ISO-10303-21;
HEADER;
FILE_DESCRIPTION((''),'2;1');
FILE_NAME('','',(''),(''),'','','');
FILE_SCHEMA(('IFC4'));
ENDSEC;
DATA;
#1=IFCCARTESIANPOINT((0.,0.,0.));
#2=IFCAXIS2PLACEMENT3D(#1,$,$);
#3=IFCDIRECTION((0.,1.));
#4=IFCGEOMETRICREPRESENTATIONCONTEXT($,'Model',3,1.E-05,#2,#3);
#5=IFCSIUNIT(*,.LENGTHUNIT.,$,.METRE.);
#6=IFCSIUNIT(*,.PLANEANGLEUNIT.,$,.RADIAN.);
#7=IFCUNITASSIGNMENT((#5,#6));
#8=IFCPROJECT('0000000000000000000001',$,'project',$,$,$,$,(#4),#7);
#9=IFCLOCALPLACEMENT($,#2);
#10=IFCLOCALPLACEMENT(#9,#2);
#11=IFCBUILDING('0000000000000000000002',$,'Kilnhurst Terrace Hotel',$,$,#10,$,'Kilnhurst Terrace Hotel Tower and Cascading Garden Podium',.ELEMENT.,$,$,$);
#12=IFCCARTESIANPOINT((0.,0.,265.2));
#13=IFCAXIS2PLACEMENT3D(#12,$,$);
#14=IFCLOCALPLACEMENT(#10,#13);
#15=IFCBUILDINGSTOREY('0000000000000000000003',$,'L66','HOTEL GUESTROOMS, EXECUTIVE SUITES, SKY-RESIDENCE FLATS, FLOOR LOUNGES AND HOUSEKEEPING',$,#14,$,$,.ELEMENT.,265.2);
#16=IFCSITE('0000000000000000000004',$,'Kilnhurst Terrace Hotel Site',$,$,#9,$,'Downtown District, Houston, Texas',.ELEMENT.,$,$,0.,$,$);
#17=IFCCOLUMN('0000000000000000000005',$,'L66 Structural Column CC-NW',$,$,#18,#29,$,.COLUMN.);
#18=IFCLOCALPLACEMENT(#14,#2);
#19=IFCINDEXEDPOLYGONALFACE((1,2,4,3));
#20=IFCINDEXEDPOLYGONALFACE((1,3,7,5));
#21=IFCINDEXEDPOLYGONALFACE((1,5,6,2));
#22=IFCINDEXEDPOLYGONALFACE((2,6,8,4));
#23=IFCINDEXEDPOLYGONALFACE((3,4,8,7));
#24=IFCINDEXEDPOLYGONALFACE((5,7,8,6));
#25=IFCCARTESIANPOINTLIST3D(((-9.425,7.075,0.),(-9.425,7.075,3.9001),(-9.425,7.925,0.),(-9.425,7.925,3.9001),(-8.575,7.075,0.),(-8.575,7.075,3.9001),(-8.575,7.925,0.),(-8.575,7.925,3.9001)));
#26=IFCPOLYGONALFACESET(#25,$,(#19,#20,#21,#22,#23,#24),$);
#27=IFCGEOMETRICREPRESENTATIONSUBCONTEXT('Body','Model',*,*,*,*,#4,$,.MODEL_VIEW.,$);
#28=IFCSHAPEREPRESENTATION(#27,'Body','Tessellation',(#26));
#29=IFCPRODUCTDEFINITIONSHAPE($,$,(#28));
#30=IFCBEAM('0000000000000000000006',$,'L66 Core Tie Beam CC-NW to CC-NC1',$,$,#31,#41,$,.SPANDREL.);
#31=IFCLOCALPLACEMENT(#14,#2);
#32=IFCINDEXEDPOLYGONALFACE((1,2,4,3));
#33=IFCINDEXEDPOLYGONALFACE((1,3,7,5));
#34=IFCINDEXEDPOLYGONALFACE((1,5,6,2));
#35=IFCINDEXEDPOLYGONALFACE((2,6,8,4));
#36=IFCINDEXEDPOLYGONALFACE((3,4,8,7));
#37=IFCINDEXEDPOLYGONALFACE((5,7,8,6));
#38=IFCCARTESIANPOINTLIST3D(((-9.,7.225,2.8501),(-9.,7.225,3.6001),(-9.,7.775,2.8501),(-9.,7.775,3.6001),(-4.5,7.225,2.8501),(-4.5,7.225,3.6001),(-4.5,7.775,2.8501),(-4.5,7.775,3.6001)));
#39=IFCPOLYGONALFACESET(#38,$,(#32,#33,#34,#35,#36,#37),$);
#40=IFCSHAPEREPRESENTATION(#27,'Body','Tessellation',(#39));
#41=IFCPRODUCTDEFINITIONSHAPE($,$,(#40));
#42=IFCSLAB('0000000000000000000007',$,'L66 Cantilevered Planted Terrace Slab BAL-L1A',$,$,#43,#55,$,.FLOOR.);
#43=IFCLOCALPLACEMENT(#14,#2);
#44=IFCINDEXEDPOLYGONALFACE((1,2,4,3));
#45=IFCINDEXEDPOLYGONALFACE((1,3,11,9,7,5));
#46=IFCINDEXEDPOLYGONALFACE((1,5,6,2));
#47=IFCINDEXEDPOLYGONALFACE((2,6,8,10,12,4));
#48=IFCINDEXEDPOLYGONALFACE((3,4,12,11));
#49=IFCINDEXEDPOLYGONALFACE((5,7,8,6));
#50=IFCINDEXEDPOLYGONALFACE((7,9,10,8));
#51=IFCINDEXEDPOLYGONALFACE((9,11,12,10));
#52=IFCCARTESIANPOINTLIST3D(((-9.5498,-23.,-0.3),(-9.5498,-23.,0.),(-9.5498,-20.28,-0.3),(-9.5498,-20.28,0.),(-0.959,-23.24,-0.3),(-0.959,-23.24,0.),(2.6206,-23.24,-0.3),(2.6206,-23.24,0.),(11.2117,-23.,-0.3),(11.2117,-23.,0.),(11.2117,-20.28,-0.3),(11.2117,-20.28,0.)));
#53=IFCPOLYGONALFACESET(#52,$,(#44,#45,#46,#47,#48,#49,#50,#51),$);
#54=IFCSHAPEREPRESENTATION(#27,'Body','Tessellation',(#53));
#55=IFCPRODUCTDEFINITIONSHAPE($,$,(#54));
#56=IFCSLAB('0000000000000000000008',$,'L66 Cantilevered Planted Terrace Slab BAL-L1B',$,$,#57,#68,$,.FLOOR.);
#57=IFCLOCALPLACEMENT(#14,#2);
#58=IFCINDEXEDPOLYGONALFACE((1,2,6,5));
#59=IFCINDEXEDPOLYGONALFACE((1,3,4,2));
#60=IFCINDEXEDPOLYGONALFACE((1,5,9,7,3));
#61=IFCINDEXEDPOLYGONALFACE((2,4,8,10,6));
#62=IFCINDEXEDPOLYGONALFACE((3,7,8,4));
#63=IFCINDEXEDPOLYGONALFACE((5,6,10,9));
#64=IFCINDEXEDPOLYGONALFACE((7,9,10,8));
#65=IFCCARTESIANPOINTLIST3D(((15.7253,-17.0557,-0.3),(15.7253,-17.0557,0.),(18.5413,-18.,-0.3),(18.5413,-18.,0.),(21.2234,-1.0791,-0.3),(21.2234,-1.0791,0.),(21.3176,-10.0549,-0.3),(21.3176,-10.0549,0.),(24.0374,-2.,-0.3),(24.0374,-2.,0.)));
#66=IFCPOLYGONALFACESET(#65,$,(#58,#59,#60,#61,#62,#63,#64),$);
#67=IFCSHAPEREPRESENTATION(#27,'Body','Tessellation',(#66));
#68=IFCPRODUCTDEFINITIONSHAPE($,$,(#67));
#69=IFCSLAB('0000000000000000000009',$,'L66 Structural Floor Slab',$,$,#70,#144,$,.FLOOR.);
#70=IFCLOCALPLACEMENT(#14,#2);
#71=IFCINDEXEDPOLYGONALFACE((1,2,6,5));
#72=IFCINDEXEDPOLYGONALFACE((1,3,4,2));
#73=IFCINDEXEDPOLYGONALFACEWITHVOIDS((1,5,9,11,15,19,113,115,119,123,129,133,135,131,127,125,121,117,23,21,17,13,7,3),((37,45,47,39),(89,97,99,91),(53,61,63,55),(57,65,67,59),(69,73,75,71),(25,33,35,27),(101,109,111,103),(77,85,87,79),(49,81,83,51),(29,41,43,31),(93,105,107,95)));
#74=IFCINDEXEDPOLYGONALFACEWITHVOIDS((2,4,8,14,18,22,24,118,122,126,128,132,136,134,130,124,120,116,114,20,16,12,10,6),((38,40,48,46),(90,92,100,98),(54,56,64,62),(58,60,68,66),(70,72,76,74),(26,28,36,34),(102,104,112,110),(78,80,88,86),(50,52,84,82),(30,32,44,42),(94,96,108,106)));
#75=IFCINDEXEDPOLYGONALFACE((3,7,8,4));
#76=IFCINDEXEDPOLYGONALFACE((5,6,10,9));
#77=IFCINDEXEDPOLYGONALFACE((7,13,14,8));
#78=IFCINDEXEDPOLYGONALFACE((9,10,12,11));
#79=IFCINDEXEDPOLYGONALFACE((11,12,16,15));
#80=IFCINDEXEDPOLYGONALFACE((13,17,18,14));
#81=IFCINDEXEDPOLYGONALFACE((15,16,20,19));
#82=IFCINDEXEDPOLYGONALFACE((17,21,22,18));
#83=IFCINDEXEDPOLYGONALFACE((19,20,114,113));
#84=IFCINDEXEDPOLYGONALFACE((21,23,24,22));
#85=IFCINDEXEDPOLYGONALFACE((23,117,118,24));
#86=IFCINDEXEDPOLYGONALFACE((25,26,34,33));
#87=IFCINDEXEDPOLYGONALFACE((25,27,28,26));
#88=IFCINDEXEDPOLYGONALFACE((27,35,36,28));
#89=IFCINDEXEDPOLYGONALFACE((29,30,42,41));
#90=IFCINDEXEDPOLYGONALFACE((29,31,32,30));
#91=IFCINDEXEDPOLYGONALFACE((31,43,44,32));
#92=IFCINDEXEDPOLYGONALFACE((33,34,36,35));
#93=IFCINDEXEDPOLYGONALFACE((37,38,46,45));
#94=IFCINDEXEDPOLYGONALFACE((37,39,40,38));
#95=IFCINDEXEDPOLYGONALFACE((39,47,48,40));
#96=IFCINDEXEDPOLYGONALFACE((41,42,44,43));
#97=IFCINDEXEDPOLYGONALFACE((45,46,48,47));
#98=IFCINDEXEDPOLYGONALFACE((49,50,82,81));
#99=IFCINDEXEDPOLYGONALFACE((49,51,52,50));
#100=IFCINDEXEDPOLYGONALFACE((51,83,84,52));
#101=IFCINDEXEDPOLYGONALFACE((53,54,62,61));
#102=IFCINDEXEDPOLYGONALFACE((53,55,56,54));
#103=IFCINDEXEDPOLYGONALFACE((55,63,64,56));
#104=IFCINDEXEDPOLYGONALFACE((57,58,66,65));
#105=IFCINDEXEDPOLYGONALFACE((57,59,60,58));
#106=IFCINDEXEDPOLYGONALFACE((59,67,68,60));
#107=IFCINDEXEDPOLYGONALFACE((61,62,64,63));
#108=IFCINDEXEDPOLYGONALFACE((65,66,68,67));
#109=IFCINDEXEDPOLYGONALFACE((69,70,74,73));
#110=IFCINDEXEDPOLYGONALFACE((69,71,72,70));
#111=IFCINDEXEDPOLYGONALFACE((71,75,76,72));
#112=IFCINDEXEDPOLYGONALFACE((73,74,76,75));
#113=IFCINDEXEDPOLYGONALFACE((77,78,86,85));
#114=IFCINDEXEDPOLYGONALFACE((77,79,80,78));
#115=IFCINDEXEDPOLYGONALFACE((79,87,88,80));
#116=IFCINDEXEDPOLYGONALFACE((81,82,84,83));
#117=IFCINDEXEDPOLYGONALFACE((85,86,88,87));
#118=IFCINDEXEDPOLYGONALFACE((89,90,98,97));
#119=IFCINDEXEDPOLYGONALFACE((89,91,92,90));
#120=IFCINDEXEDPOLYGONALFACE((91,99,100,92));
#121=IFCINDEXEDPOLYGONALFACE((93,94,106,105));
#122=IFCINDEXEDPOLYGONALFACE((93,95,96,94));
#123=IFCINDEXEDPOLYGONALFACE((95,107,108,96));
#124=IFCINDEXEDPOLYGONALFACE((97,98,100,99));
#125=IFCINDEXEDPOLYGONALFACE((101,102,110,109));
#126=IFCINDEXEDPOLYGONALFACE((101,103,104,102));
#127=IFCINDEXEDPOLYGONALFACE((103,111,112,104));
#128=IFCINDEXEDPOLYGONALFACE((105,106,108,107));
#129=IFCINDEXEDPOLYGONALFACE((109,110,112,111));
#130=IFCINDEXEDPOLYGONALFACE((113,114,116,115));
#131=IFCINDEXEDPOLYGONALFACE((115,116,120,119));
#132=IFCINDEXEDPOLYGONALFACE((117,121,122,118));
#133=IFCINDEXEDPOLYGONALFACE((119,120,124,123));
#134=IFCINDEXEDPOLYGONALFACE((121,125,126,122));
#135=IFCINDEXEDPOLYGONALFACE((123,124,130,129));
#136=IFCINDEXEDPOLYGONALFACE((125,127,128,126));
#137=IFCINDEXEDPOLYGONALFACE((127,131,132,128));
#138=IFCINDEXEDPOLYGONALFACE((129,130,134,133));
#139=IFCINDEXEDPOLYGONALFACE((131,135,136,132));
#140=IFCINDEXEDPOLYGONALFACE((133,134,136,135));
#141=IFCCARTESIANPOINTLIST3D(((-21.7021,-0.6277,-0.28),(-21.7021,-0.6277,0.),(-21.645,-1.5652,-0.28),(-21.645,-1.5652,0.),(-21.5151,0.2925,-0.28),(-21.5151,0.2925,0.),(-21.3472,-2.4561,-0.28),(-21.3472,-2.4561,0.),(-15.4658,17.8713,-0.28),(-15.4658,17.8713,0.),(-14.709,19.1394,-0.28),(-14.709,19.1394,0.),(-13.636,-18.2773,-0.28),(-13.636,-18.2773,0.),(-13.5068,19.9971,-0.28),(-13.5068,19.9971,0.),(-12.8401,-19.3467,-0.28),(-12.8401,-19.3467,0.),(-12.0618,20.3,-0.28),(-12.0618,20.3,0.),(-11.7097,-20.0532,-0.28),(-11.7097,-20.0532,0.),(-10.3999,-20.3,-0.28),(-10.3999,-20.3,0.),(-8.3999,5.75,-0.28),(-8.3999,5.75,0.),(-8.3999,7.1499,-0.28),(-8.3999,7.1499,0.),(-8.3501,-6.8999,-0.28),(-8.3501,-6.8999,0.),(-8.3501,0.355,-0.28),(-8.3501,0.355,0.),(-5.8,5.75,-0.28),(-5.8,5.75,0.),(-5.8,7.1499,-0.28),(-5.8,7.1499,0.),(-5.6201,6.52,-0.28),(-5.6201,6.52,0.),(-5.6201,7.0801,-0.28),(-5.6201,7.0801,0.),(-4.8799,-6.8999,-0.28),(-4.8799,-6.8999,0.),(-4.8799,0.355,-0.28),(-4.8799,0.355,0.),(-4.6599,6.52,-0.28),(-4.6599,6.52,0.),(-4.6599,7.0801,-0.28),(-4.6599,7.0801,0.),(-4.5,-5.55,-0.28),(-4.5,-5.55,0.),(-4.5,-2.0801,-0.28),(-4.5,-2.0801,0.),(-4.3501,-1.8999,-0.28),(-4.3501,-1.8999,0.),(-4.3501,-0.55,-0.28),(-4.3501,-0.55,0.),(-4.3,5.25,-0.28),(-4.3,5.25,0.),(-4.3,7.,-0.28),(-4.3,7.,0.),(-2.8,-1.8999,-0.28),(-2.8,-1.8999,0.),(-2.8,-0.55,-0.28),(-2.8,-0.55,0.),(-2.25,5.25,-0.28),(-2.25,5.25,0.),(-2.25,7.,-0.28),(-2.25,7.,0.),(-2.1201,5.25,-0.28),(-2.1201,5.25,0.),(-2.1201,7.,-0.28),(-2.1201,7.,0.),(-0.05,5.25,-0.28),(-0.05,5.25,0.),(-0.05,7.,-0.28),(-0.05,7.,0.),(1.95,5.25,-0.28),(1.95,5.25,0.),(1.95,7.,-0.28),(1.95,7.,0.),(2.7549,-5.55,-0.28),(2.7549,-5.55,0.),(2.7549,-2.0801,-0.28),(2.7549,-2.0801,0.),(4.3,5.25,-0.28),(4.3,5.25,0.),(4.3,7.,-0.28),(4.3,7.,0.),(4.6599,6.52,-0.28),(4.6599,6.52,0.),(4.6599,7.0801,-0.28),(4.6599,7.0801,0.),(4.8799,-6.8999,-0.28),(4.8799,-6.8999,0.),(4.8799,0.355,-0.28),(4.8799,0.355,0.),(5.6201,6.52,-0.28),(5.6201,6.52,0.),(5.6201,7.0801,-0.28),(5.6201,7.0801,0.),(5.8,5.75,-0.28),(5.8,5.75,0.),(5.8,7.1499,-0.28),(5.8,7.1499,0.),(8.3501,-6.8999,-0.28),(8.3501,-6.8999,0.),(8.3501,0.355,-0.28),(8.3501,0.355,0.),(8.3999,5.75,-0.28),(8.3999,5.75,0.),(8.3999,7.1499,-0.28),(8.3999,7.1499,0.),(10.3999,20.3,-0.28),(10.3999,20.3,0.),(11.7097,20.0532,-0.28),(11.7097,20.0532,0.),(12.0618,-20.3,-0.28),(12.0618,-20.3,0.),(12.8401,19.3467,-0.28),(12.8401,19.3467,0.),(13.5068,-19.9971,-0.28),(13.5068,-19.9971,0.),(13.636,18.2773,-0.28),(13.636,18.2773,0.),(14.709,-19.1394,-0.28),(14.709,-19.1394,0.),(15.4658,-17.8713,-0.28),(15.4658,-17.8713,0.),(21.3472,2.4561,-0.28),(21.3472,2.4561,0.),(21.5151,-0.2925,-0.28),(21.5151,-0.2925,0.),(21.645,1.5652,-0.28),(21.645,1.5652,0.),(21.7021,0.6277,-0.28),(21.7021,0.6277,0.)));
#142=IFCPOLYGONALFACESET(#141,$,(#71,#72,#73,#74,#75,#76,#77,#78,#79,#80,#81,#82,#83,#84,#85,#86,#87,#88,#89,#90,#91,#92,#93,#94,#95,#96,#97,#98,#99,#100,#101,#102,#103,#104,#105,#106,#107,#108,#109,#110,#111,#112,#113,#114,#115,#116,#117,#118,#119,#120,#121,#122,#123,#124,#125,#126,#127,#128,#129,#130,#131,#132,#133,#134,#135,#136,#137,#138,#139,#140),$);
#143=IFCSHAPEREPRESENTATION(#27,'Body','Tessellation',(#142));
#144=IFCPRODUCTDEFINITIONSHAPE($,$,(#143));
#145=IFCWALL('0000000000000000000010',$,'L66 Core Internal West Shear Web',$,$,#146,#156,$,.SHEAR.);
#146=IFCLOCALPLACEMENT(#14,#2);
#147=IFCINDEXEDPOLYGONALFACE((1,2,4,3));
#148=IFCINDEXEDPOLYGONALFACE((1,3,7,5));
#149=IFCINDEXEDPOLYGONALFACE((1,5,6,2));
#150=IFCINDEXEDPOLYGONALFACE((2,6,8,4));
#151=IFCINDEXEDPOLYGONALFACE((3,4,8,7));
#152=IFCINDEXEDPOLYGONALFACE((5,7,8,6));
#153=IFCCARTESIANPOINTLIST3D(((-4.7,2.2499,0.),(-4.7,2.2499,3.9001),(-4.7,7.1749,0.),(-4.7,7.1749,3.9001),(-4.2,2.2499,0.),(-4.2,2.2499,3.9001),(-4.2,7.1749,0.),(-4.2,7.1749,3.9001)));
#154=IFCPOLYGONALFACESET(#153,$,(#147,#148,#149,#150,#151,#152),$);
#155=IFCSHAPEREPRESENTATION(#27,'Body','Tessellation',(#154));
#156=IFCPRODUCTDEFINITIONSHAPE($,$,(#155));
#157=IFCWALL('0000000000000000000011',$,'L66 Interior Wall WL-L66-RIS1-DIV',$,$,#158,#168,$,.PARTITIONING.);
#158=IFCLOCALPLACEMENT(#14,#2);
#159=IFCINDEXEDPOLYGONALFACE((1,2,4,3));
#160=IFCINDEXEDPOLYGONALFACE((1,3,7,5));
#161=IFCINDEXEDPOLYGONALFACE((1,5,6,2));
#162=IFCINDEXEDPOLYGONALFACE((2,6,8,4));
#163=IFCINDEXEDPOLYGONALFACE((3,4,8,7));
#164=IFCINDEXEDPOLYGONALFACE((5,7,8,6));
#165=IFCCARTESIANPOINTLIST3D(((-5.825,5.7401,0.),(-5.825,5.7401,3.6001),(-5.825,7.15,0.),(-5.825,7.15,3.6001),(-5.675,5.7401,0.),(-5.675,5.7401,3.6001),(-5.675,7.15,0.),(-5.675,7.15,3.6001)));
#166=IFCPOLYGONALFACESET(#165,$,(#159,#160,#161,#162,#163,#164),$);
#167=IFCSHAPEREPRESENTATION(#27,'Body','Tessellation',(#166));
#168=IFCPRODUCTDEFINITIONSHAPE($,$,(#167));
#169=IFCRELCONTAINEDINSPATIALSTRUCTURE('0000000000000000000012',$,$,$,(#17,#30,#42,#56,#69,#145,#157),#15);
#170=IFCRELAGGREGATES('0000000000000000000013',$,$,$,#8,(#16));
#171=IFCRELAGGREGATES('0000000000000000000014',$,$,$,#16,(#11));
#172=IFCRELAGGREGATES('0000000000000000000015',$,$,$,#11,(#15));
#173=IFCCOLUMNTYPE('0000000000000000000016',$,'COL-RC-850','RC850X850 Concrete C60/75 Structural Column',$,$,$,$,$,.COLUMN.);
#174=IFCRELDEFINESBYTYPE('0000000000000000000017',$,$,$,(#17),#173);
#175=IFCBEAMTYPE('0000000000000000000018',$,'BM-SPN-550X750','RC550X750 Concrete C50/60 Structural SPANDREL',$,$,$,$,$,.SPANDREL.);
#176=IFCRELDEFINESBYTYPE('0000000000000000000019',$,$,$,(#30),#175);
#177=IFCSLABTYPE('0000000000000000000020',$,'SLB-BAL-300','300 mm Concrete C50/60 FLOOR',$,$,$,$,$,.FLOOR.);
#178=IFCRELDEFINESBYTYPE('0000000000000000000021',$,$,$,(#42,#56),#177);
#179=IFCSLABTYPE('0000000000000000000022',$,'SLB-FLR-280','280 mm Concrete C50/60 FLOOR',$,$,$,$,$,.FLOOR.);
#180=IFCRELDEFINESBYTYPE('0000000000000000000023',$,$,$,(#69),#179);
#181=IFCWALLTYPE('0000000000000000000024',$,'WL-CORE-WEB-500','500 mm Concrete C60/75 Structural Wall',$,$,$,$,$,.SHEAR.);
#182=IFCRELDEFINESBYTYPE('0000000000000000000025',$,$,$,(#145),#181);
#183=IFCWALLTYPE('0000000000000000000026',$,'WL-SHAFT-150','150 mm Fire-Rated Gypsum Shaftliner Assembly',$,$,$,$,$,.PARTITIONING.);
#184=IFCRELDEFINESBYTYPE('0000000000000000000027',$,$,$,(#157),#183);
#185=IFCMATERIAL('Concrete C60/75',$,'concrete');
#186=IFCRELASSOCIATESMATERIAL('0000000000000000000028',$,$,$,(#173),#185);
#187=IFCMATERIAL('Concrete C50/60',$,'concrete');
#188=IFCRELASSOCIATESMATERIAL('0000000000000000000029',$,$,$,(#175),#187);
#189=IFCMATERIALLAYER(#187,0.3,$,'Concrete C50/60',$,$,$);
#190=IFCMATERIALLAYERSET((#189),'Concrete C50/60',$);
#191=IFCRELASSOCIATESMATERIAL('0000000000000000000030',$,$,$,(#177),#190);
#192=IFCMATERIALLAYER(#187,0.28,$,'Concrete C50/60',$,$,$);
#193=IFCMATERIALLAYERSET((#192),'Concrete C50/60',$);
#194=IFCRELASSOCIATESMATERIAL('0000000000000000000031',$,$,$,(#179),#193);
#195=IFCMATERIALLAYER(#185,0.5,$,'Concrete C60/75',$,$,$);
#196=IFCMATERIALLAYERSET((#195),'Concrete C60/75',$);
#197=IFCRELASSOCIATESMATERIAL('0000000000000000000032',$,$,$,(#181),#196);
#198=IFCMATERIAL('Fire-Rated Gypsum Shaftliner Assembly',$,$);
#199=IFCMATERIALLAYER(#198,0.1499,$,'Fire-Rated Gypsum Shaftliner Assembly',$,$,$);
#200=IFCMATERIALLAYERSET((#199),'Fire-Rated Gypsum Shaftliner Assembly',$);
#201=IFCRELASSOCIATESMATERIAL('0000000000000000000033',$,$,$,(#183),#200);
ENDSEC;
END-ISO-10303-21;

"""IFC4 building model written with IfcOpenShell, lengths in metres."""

from ifc_helpers import new_model, si_unit, direction, frame, frame_2d, origin, origin_2d, place, context, subcontext, project, spatial, polyline, rectangle, outline, extrude, material, layer, layer_set, material_profile, profile_set, type_object, element, save


model = new_model("IFC4")

# Units and contexts
model_context = context("Model", 3, precision=1e-05, world=origin(), true_north=direction((0.0, 1.0)))
body_context = subcontext(model_context, "Body", "Model", "MODEL_VIEW")
ifc_project = project(units=[si_unit("LENGTHUNIT", "METRE"), si_unit("PLANEANGLEUNIT", "RADIAN")], contexts=[model_context])

# Site, building, storey
site_placement = place(None, origin())
site = spatial("IfcSite", under=ifc_project, at=site_placement, Name="Kilnhurst Terrace Hotel Site", LongName="Downtown District, Houston, Texas", CompositionType="ELEMENT", RefElevation=0.0)
building_placement = place(site_placement, origin())
building = spatial("IfcBuilding", under=site, at=building_placement, Name="Kilnhurst Terrace Hotel", LongName="Kilnhurst Terrace Hotel Tower and Cascading Garden Podium", CompositionType="ELEMENT")
storey_placement = place(building_placement, frame((0.0, 0.0, 265.2)))
storey = spatial("IfcBuildingStorey", under=building, at=storey_placement, Name="L66", Description="HOTEL GUESTROOMS, EXECUTIVE SUITES, SKY-RESIDENCE FLATS, FLOOR LOUNGES AND HOUSEKEEPING", CompositionType="ELEMENT", Elevation=265.2)

# Column
ifc_material_1 = material(Name="Concrete C60/75", Category="concrete")
ifc_material_profile_1 = material_profile(ifc_material_1, rectangle(XDim=0.8501, YDim=0.8501, at=origin_2d()), Name="RC850X850")
ifc_profile_set_1 = profile_set([ifc_material_profile_1], Name="Concrete C60/75")
column_type = type_object("IfcColumnType", Name="COL-RC-850", Description="RC850X850 Concrete C60/75 Structural Column", PredefinedType="COLUMN", material=ifc_profile_set_1)
column_placement = place(storey_placement, frame((-9.0, 7.5, 0.0), z_axis=(0.0, 0.0, 1.0), x_axis=(1.0, 0.0, 0.0)))
element("IfcColumn", 1, at=column_placement, inside=storey, type_object=column_type, Name="L66 Structural Column CC-NW", PredefinedType="COLUMN", context=body_context, shape_type="SweptSolid", body=[
    extrude(rectangle(XDim=0.8501, YDim=0.8501, at=origin_2d()), origin(), (0.0, 0.0, 1.0), 3.9001),
])

# Beam
ifc_material_2 = material(Name="Concrete C50/60", Category="concrete")
ifc_material_profile_2 = material_profile(ifc_material_2, rectangle(XDim=0.55, YDim=0.75, at=origin_2d()), Name="RC550X750")
ifc_profile_set_2 = profile_set([ifc_material_profile_2], Name="Concrete C50/60")
beam_type = type_object("IfcBeamType", Name="BM-SPN-550X750", Description="RC550X750 Concrete C50/60 Structural SPANDREL", PredefinedType="SPANDREL", material=ifc_profile_set_2)
beam_placement = place(storey_placement, frame((-9.0, 7.5, 3.2251), z_axis=(1.0, 0.0, 0.0), x_axis=(0.0, 1.0, 0.0)))
element("IfcBeam", 2, at=beam_placement, inside=storey, type_object=beam_type, Name="L66 Core Tie Beam CC-NW to CC-NC1", PredefinedType="SPANDREL", context=body_context, shape_type="SweptSolid", body=[
    extrude(rectangle(XDim=0.55, YDim=0.75, at=origin_2d()), origin(), (0.0, 0.0, 1.0), 4.5),
])

# Slabs
ifc_layer_1 = layer(ifc_material_2, 0.3, Name="Concrete C50/60")
ifc_layer_set_1 = layer_set([ifc_layer_1], Name="Concrete C50/60")
slab_type_1 = type_object("IfcSlabType", Name="SLB-BAL-300", Description="300 mm Concrete C50/60 FLOOR", PredefinedType="FLOOR", material=ifc_layer_set_1)
slab_1_placement = place(storey_placement, frame((0.0, 0.0, -0.3)))
element("IfcSlab", 3, at=slab_1_placement, inside=storey, type_object=slab_type_1, Name="L66 Cantilevered Planted Terrace Slab BAL-L1A", PredefinedType="FLOOR", context=body_context, shape_type="SweptSolid", body=[
    extrude(outline(polyline([(2.6206, -23.24), (-0.959, -23.24), (-9.5498, -23.0), (-9.5498, -20.28), (11.2117, -20.28), (11.2117, -23.0), (2.6206, -23.24)])), origin(), (0.0, 0.0, 1.0), 0.3),
])
slab_2_placement = place(storey_placement, frame((0.0, 0.0, -0.3)))
element("IfcSlab", 4, at=slab_2_placement, inside=storey, type_object=slab_type_1, Name="L66 Cantilevered Planted Terrace Slab BAL-L1B", PredefinedType="FLOOR", context=body_context, shape_type="SweptSolid", body=[
    extrude(outline(polyline([(18.5413, -18.0), (15.7253, -17.0557), (21.2234, -1.0791), (24.0374, -2.0), (21.3176, -10.0549), (18.5413, -18.0)])), origin(), (0.0, 0.0, 1.0), 0.3),
])
ifc_layer_2 = layer(ifc_material_2, 0.28, Name="Concrete C50/60")
ifc_layer_set_2 = layer_set([ifc_layer_2], Name="Concrete C50/60")
slab_type_2 = type_object("IfcSlabType", Name="SLB-FLR-280", Description="280 mm Concrete C50/60 FLOOR", PredefinedType="FLOOR", material=ifc_layer_set_2)
slab_3_placement = place(storey_placement, frame((0.0, 0.0, -0.28)))
element("IfcSlab", 5, at=slab_3_placement, inside=storey, type_object=slab_type_2, Name="L66 Structural Floor Slab", PredefinedType="FLOOR", context=body_context, shape_type="SweptSolid", body=[
    extrude(outline(polyline([(-13.636, -18.2773), (-12.8401, -19.3467), (-11.7097, -20.0532), (-10.3999, -20.3), (12.0618, -20.3), (13.5068, -19.9971), (14.709, -19.1394), (15.4658, -17.8713), (21.5151, -0.2925), (21.7021, 0.6277), (21.645, 1.5652), (21.3472, 2.4561), (13.636, 18.2773), (12.8401, 19.3467), (11.7097, 20.0532), (10.3999, 20.3), (-12.0618, 20.3), (-13.5068, 19.9971), (-14.709, 19.1394), (-15.4658, 17.8713), (-21.5151, 0.2925), (-21.7021, -0.6277), (-21.645, -1.5652), (-21.3472, -2.4561), (-13.636, -18.2773)]), holes=[polyline([(-8.3501, 0.355), (-4.8799, 0.355), (-4.8799, -6.8999), (-8.3501, -6.8999), (-8.3501, 0.355)]), polyline([(-2.8, -1.8999), (-4.3501, -1.8999), (-4.3501, -0.55), (-2.8, -0.55), (-2.8, -1.8999)]), polyline([(-2.25, 5.25), (-4.3, 5.25), (-4.3, 7.0), (-2.25, 7.0), (-2.25, 5.25)]), polyline([(-2.1201, 5.25), (-2.1201, 7.0), (-0.05, 7.0), (-0.05, 5.25), (-2.1201, 5.25)]), polyline([(-8.3999, 5.75), (-8.3999, 7.1499), (-5.8, 7.1499), (-5.8, 5.75), (-8.3999, 5.75)]), polyline([(-4.6599, 6.52), (-5.6201, 6.52), (-5.6201, 7.0801), (-4.6599, 7.0801), (-4.6599, 6.52)]), polyline([(2.7549, -5.55), (-4.5, -5.55), (-4.5, -2.0801), (2.7549, -2.0801), (2.7549, -5.55)]), polyline([(8.3501, 0.355), (8.3501, -6.8999), (4.8799, -6.8999), (4.8799, 0.355), (8.3501, 0.355)]), polyline([(4.3, 5.25), (1.95, 5.25), (1.95, 7.0), (4.3, 7.0), (4.3, 5.25)]), polyline([(5.8, 5.75), (5.8, 7.1499), (8.3999, 7.1499), (8.3999, 5.75), (5.8, 5.75)]), polyline([(4.6599, 6.52), (4.6599, 7.0801), (5.6201, 7.0801), (5.6201, 6.52), (4.6599, 6.52)])]), origin(), (0.0, 0.0, 1.0), 0.28),
])

# Walls
ifc_layer_3 = layer(ifc_material_1, 0.5, Name="Concrete C60/75")
ifc_layer_set_3 = layer_set([ifc_layer_3], Name="Concrete C60/75")
wall_type_1 = type_object("IfcWallType", Name="WL-CORE-WEB-500", Description="500 mm Concrete C60/75 Structural Wall", PredefinedType="SHEAR", material=ifc_layer_set_3)
wall_1_placement = place(storey_placement, frame((-4.45, 2.25, 0.0), z_axis=(0.0, 0.0, 1.0), x_axis=(0.0, 1.0, 0.0)))
element("IfcWall", 6, at=wall_1_placement, inside=storey, type_object=wall_type_1, Name="L66 Core Internal West Shear Web", PredefinedType="SHEAR", context=body_context, shape_type="SweptSolid", body=[
    extrude(rectangle(XDim=4.925, YDim=0.5, at=frame_2d((2.4624, 0.0))), origin(), (0.0, 0.0, 1.0), 3.9001),
])
ifc_material_3 = material(Name="Fire-Rated Gypsum Shaftliner Assembly")
ifc_layer_4 = layer(ifc_material_3, 0.1499, Name="Fire-Rated Gypsum Shaftliner Assembly")
ifc_layer_set_4 = layer_set([ifc_layer_4], Name="Fire-Rated Gypsum Shaftliner Assembly")
wall_type_2 = type_object("IfcWallType", Name="WL-SHAFT-150", Description="150 mm Fire-Rated Gypsum Shaftliner Assembly", PredefinedType="PARTITIONING", material=ifc_layer_set_4)
wall_2_placement = place(storey_placement, frame((-5.75, 5.74, 0.0), z_axis=(0.0, 0.0, 1.0), x_axis=(0.0, 1.0, 0.0)))
element("IfcWall", 7, at=wall_2_placement, inside=storey, type_object=wall_type_2, Name="L66 Interior Wall WL-L66-RIS1-DIV", PredefinedType="PARTITIONING", context=body_context, shape_type="SweptSolid", body=[
    extrude(rectangle(XDim=1.4099, YDim=0.1499, at=frame_2d((0.7051, 0.0))), origin(), (0.0, 0.0, 1.0), 3.6001),
])

save(model, "model.ifc")
